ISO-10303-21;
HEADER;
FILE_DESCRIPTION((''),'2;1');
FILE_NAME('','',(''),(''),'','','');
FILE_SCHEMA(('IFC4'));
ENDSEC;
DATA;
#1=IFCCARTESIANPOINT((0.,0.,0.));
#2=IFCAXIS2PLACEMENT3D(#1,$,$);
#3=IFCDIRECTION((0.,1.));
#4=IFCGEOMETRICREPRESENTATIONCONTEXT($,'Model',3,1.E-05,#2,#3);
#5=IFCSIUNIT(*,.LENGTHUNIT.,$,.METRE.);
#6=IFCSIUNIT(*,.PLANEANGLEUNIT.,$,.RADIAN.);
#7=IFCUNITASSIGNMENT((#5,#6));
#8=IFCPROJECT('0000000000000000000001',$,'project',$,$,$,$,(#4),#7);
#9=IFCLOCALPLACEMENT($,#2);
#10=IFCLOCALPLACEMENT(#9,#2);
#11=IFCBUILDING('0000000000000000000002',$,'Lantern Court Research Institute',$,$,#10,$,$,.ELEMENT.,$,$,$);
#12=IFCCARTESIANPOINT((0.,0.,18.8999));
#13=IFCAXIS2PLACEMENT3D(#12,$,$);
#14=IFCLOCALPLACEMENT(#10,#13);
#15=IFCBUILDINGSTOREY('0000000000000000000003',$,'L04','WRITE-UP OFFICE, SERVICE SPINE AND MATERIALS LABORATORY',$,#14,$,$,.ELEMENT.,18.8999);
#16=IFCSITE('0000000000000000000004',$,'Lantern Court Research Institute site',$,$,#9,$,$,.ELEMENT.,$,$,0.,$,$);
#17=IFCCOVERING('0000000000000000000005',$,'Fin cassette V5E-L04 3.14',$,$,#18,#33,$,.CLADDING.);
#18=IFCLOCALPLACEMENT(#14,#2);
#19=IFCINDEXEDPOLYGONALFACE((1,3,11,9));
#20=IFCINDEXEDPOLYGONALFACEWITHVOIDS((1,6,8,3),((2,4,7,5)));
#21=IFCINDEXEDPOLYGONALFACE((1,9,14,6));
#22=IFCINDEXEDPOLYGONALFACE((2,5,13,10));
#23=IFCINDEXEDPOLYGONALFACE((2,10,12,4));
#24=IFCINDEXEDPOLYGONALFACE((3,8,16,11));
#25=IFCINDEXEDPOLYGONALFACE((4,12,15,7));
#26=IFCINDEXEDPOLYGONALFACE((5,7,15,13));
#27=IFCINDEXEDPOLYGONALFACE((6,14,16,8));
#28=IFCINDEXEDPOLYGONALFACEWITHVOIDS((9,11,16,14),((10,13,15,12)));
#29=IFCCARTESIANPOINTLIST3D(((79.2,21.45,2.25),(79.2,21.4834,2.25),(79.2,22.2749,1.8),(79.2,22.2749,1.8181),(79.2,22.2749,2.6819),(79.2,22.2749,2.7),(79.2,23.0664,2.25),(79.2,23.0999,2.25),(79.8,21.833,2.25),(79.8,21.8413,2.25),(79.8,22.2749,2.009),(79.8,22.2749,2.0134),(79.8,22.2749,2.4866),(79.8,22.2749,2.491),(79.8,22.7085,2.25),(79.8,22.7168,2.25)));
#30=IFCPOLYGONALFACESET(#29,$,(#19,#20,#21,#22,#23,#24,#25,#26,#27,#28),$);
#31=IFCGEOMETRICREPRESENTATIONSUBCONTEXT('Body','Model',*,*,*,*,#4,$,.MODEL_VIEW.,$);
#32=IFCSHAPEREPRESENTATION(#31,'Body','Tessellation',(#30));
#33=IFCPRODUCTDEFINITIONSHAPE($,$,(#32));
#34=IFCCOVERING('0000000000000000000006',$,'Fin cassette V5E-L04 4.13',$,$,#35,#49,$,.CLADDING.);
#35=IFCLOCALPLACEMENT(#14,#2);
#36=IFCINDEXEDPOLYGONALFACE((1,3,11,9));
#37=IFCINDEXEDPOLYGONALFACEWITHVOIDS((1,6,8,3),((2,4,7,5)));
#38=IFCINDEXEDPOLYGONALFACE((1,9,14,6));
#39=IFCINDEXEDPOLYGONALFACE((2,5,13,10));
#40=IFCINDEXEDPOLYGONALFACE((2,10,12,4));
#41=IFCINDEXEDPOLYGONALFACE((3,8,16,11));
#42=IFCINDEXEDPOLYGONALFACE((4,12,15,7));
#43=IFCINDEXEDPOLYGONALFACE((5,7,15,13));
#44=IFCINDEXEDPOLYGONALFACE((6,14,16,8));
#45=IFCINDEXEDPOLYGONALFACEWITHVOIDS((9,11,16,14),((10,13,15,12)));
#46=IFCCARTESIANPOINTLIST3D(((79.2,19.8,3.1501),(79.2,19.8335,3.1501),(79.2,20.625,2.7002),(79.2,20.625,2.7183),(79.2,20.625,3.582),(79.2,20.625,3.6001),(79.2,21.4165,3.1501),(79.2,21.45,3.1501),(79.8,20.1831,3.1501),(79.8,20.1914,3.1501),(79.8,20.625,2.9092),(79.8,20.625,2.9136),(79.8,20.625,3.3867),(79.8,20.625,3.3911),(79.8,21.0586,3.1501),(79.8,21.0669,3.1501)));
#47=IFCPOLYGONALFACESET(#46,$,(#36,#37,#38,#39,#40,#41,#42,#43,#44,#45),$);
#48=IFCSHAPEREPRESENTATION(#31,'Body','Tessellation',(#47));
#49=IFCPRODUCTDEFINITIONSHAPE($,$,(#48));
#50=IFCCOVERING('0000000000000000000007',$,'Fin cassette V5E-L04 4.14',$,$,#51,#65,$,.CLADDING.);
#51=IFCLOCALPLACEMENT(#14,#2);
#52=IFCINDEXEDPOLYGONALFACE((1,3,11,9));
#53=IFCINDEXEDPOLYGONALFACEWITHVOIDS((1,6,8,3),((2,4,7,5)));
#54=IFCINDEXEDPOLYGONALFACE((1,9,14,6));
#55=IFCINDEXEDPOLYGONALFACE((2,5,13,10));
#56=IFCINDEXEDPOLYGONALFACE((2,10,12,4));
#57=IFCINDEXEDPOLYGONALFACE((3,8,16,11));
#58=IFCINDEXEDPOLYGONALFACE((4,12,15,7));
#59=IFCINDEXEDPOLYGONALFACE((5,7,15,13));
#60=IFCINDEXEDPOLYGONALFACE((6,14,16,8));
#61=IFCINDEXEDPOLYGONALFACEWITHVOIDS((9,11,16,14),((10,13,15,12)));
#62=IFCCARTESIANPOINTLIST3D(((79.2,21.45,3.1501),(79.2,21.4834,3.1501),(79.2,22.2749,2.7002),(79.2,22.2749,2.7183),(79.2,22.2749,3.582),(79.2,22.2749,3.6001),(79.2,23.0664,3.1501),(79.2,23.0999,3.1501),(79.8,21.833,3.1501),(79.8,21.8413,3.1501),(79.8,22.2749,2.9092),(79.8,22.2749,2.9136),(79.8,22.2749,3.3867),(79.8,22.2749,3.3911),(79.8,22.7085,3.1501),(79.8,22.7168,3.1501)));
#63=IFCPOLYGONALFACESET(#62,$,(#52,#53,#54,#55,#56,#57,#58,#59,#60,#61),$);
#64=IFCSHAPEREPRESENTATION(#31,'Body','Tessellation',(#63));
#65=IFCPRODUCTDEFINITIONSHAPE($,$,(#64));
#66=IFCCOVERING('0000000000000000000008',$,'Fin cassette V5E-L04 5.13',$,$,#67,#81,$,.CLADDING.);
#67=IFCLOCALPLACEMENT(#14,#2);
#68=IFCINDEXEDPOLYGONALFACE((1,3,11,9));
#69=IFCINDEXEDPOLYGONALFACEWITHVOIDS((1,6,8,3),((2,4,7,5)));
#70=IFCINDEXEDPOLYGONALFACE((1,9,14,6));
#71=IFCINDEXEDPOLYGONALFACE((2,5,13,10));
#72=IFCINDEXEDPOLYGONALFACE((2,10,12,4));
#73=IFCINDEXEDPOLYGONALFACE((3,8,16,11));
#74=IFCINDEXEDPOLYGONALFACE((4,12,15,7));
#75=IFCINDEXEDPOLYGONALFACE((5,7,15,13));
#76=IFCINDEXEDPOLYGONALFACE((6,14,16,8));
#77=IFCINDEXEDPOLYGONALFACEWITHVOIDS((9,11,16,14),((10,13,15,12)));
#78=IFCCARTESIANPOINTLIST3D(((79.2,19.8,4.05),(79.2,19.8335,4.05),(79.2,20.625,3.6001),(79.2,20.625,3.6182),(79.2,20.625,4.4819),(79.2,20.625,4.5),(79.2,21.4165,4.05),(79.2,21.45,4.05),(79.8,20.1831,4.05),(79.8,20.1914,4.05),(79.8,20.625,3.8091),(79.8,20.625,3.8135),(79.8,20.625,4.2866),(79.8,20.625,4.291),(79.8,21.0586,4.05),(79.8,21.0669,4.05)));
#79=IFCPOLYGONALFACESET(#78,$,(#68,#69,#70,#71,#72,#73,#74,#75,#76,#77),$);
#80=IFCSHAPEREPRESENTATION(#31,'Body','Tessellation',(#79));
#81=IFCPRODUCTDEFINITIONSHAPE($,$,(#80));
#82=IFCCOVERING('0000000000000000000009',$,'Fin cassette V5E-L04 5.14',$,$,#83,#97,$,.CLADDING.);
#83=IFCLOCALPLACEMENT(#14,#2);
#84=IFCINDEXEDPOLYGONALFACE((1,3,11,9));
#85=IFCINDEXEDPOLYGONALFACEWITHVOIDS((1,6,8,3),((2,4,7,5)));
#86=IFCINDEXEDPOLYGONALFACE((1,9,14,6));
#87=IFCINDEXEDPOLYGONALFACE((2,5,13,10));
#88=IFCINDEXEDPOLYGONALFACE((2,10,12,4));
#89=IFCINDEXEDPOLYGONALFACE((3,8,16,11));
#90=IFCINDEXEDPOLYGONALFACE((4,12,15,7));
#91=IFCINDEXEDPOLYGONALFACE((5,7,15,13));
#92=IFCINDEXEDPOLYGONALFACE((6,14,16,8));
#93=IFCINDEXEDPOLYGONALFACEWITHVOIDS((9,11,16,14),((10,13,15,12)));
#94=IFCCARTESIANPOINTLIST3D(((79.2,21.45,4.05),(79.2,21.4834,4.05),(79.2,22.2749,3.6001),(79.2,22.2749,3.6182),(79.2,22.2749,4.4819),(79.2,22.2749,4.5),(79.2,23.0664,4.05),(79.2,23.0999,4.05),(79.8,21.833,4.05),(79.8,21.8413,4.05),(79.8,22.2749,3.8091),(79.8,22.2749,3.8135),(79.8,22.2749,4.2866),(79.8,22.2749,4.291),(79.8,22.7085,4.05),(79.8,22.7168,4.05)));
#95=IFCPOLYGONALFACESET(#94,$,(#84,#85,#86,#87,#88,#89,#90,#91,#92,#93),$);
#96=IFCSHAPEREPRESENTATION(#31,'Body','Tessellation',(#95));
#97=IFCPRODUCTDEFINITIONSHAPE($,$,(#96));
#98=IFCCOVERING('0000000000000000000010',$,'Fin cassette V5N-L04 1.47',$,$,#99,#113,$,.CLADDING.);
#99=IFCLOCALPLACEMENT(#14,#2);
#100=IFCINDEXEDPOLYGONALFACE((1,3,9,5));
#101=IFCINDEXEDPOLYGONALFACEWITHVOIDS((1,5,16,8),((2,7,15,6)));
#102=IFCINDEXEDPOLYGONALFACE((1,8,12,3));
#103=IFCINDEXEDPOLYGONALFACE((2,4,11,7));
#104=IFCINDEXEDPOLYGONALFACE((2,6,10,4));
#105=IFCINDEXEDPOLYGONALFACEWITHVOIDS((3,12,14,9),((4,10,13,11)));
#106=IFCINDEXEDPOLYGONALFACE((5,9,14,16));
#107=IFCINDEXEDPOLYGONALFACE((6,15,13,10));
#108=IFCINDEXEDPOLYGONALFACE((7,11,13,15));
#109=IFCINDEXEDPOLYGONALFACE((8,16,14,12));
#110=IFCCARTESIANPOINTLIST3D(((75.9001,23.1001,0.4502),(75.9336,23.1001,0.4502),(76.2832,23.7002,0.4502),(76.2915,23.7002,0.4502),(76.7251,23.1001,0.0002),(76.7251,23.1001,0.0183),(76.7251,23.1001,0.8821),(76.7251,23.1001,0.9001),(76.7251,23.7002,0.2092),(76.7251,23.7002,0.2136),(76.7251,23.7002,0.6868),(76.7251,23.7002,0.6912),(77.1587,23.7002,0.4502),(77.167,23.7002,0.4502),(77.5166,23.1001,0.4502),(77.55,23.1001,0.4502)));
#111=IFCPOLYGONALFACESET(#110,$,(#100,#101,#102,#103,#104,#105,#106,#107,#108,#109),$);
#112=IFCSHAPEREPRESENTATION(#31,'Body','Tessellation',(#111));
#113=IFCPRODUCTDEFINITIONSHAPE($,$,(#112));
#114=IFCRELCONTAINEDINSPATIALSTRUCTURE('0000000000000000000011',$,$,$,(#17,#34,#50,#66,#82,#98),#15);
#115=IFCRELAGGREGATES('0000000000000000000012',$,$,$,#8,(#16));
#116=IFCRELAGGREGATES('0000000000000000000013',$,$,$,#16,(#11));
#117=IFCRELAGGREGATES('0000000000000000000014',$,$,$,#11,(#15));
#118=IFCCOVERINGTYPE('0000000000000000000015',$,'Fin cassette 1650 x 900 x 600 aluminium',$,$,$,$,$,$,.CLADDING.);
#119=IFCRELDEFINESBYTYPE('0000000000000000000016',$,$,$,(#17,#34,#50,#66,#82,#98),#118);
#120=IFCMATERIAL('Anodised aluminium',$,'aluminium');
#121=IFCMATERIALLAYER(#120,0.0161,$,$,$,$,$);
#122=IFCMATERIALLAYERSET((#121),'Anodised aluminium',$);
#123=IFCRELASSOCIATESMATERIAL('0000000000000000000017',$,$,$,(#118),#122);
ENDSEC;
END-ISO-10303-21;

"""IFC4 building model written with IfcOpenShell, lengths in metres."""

from ifc_helpers import new_model, entity, si_unit, direction, frame, origin, place, context, subcontext, project, spatial, material, layer, layer_set, type_object, element, save


model = new_model("IFC4")

# Units and contexts
model_context = context("Model", 3, precision=1e-05, world=origin(), true_north=direction((0.0, 1.0)))
body_context = subcontext(model_context, "Body", "Model", "MODEL_VIEW")
ifc_project = project(units=[si_unit("LENGTHUNIT", "METRE"), si_unit("PLANEANGLEUNIT", "RADIAN")], contexts=[model_context])

# Site, building, storey
site_placement = place(None, origin())
site = spatial("IfcSite", under=ifc_project, at=site_placement, Name="Lantern Court Research Institute site", CompositionType="ELEMENT", RefElevation=0.0)
building_placement = place(site_placement, origin())
building = spatial("IfcBuilding", under=site, at=building_placement, Name="Lantern Court Research Institute", CompositionType="ELEMENT")
storey_placement = place(building_placement, frame((0.0, 0.0, 18.8999)))
storey = spatial("IfcBuildingStorey", under=building, at=storey_placement, Name="L04", Description="WRITE-UP OFFICE, SERVICE SPINE AND MATERIALS LABORATORY", CompositionType="ELEMENT", Elevation=18.8999)

# Coverings
ifc_material_1 = material(Name="Anodised aluminium", Category="aluminium")
ifc_layer_1 = layer(ifc_material_1, 0.0161)
ifc_layer_set_1 = layer_set([ifc_layer_1], Name="Anodised aluminium")
covering_type_1 = type_object("IfcCoveringType", Name="Fin cassette 1650 x 900 x 600 aluminium", PredefinedType="CLADDING", material=ifc_layer_set_1)
covering_1_placement = place(storey_placement, frame((79.2, 22.2749, 2.25), z_axis=(1.0, 0.0, 0.0), x_axis=(0.0, 1.0, 0.0)))
cartesian_point_1 = entity("IfcCartesianPoint", [0.825, 0.0])
cartesian_point_2 = entity("IfcCartesianPoint", [0.7915, 0.0])
cartesian_point_3 = entity("IfcCartesianPoint", [0.4419, 0.0])
cartesian_point_4 = entity("IfcCartesianPoint", [0.4336, 0.0])
element("IfcCovering", 1, at=covering_1_placement, inside=storey, type_object=covering_type_1, Name="Fin cassette V5E-L04 3.14", PredefinedType="CLADDING", context=body_context, shape_type="SweptSolid", body=[
    entity("IfcExtrudedAreaSolidTapered", entity("IfcArbitraryProfileDefWithVoids", "AREA", None, entity("IfcPolyline", [cartesian_point_1, entity("IfcCartesianPoint", [0.0, 0.45]), entity("IfcCartesianPoint", [-0.825, 0.0]), entity("IfcCartesianPoint", [0.0, -0.45]), cartesian_point_1]), [entity("IfcPolyline", [cartesian_point_2, entity("IfcCartesianPoint", [0.0, 0.4319]), entity("IfcCartesianPoint", [-0.7915, 0.0]), entity("IfcCartesianPoint", [0.0, -0.4319]), cartesian_point_2])]), entity("IfcAxis2Placement3D", entity("IfcCartesianPoint", [0.0, 0.0, 0.0])), entity("IfcDirection", [0.0, 0.0, 1.0]), 0.6001, entity("IfcArbitraryProfileDefWithVoids", "AREA", None, entity("IfcPolyline", [cartesian_point_3, entity("IfcCartesianPoint", [0.0, 0.241]), entity("IfcCartesianPoint", [-0.4419, 0.0]), entity("IfcCartesianPoint", [0.0, -0.241]), cartesian_point_3]), [entity("IfcPolyline", [cartesian_point_4, entity("IfcCartesianPoint", [0.0, 0.2366]), entity("IfcCartesianPoint", [-0.4336, 0.0]), entity("IfcCartesianPoint", [0.0, -0.2366]), cartesian_point_4])])),
])
covering_2_placement = place(storey_placement, frame((79.2, 20.625, 3.1501), z_axis=(1.0, 0.0, 0.0), x_axis=(0.0, 1.0, 0.0)))
cartesian_point_5 = entity("IfcCartesianPoint", [0.825, 0.0])
cartesian_point_6 = entity("IfcCartesianPoint", [0.7915, 0.0])
cartesian_point_7 = entity("IfcCartesianPoint", [0.4419, 0.0])
cartesian_point_8 = entity("IfcCartesianPoint", [0.4336, 0.0])
element("IfcCovering", 2, at=covering_2_placement, inside=storey, type_object=covering_type_1, Name="Fin cassette V5E-L04 4.13", PredefinedType="CLADDING", context=body_context, shape_type="SweptSolid", body=[
    entity("IfcExtrudedAreaSolidTapered", entity("IfcArbitraryProfileDefWithVoids", "AREA", None, entity("IfcPolyline", [cartesian_point_5, entity("IfcCartesianPoint", [0.0, 0.45]), entity("IfcCartesianPoint", [-0.825, 0.0]), entity("IfcCartesianPoint", [0.0, -0.45]), cartesian_point_5]), [entity("IfcPolyline", [cartesian_point_6, entity("IfcCartesianPoint", [0.0, 0.4319]), entity("IfcCartesianPoint", [-0.7915, 0.0]), entity("IfcCartesianPoint", [0.0, -0.4319]), cartesian_point_6])]), entity("IfcAxis2Placement3D", entity("IfcCartesianPoint", [0.0, 0.0, 0.0])), entity("IfcDirection", [0.0, 0.0, 1.0]), 0.6001, entity("IfcArbitraryProfileDefWithVoids", "AREA", None, entity("IfcPolyline", [cartesian_point_7, entity("IfcCartesianPoint", [0.0, 0.241]), entity("IfcCartesianPoint", [-0.4419, 0.0]), entity("IfcCartesianPoint", [0.0, -0.241]), cartesian_point_7]), [entity("IfcPolyline", [cartesian_point_8, entity("IfcCartesianPoint", [0.0, 0.2366]), entity("IfcCartesianPoint", [-0.4336, 0.0]), entity("IfcCartesianPoint", [0.0, -0.2366]), cartesian_point_8])])),
])
covering_3_placement = place(storey_placement, frame((79.2, 22.2749, 3.1501), z_axis=(1.0, 0.0, 0.0), x_axis=(0.0, 1.0, 0.0)))
cartesian_point_9 = entity("IfcCartesianPoint", [0.825, 0.0])
cartesian_point_10 = entity("IfcCartesianPoint", [0.7915, 0.0])
cartesian_point_11 = entity("IfcCartesianPoint", [0.4419, 0.0])
cartesian_point_12 = entity("IfcCartesianPoint", [0.4336, 0.0])
element("IfcCovering", 3, at=covering_3_placement, inside=storey, type_object=covering_type_1, Name="Fin cassette V5E-L04 4.14", PredefinedType="CLADDING", context=body_context, shape_type="SweptSolid", body=[
    entity("IfcExtrudedAreaSolidTapered", entity("IfcArbitraryProfileDefWithVoids", "AREA", None, entity("IfcPolyline", [cartesian_point_9, entity("IfcCartesianPoint", [0.0, 0.45]), entity("IfcCartesianPoint", [-0.825, 0.0]), entity("IfcCartesianPoint", [0.0, -0.45]), cartesian_point_9]), [entity("IfcPolyline", [cartesian_point_10, entity("IfcCartesianPoint", [0.0, 0.4319]), entity("IfcCartesianPoint", [-0.7915, 0.0]), entity("IfcCartesianPoint", [0.0, -0.4319]), cartesian_point_10])]), entity("IfcAxis2Placement3D", entity("IfcCartesianPoint", [0.0, 0.0, 0.0])), entity("IfcDirection", [0.0, 0.0, 1.0]), 0.6001, entity("IfcArbitraryProfileDefWithVoids", "AREA", None, entity("IfcPolyline", [cartesian_point_11, entity("IfcCartesianPoint", [0.0, 0.241]), entity("IfcCartesianPoint", [-0.4419, 0.0]), entity("IfcCartesianPoint", [0.0, -0.241]), cartesian_point_11]), [entity("IfcPolyline", [cartesian_point_12, entity("IfcCartesianPoint", [0.0, 0.2366]), entity("IfcCartesianPoint", [-0.4336, 0.0]), entity("IfcCartesianPoint", [0.0, -0.2366]), cartesian_point_12])])),
])
covering_4_placement = place(storey_placement, frame((79.2, 20.625, 4.05), z_axis=(1.0, 0.0, 0.0), x_axis=(0.0, 1.0, 0.0)))
cartesian_point_13 = entity("IfcCartesianPoint", [0.825, 0.0])
cartesian_point_14 = entity("IfcCartesianPoint", [0.7915, 0.0])
cartesian_point_15 = entity("IfcCartesianPoint", [0.4419, 0.0])
cartesian_point_16 = entity("IfcCartesianPoint", [0.4336, 0.0])
element("IfcCovering", 4, at=covering_4_placement, inside=storey, type_object=covering_type_1, Name="Fin cassette V5E-L04 5.13", PredefinedType="CLADDING", context=body_context, shape_type="SweptSolid", body=[
    entity("IfcExtrudedAreaSolidTapered", entity("IfcArbitraryProfileDefWithVoids", "AREA", None, entity("IfcPolyline", [cartesian_point_13, entity("IfcCartesianPoint", [0.0, 0.45]), entity("IfcCartesianPoint", [-0.825, 0.0]), entity("IfcCartesianPoint", [0.0, -0.45]), cartesian_point_13]), [entity("IfcPolyline", [cartesian_point_14, entity("IfcCartesianPoint", [0.0, 0.4319]), entity("IfcCartesianPoint", [-0.7915, 0.0]), entity("IfcCartesianPoint", [0.0, -0.4319]), cartesian_point_14])]), entity("IfcAxis2Placement3D", entity("IfcCartesianPoint", [0.0, 0.0, 0.0])), entity("IfcDirection", [0.0, 0.0, 1.0]), 0.6001, entity("IfcArbitraryProfileDefWithVoids", "AREA", None, entity("IfcPolyline", [cartesian_point_15, entity("IfcCartesianPoint", [0.0, 0.241]), entity("IfcCartesianPoint", [-0.4419, 0.0]), entity("IfcCartesianPoint", [0.0, -0.241]), cartesian_point_15]), [entity("IfcPolyline", [cartesian_point_16, entity("IfcCartesianPoint", [0.0, 0.2366]), entity("IfcCartesianPoint", [-0.4336, 0.0]), entity("IfcCartesianPoint", [0.0, -0.2366]), cartesian_point_16])])),
])
covering_5_placement = place(storey_placement, frame((79.2, 22.2749, 4.05), z_axis=(1.0, 0.0, 0.0), x_axis=(0.0, 1.0, 0.0)))
cartesian_point_17 = entity("IfcCartesianPoint", [0.825, 0.0])
cartesian_point_18 = entity("IfcCartesianPoint", [0.7915, 0.0])
cartesian_point_19 = entity("IfcCartesianPoint", [0.4419, 0.0])
cartesian_point_20 = entity("IfcCartesianPoint", [0.4336, 0.0])
element("IfcCovering", 5, at=covering_5_placement, inside=storey, type_object=covering_type_1, Name="Fin cassette V5E-L04 5.14", PredefinedType="CLADDING", context=body_context, shape_type="SweptSolid", body=[
    entity("IfcExtrudedAreaSolidTapered", entity("IfcArbitraryProfileDefWithVoids", "AREA", None, entity("IfcPolyline", [cartesian_point_17, entity("IfcCartesianPoint", [0.0, 0.45]), entity("IfcCartesianPoint", [-0.825, 0.0]), entity("IfcCartesianPoint", [0.0, -0.45]), cartesian_point_17]), [entity("IfcPolyline", [cartesian_point_18, entity("IfcCartesianPoint", [0.0, 0.4319]), entity("IfcCartesianPoint", [-0.7915, 0.0]), entity("IfcCartesianPoint", [0.0, -0.4319]), cartesian_point_18])]), entity("IfcAxis2Placement3D", entity("IfcCartesianPoint", [0.0, 0.0, 0.0])), entity("IfcDirection", [0.0, 0.0, 1.0]), 0.6001, entity("IfcArbitraryProfileDefWithVoids", "AREA", None, entity("IfcPolyline", [cartesian_point_19, entity("IfcCartesianPoint", [0.0, 0.241]), entity("IfcCartesianPoint", [-0.4419, 0.0]), entity("IfcCartesianPoint", [0.0, -0.241]), cartesian_point_19]), [entity("IfcPolyline", [cartesian_point_20, entity("IfcCartesianPoint", [0.0, 0.2366]), entity("IfcCartesianPoint", [-0.4336, 0.0]), entity("IfcCartesianPoint", [0.0, -0.2366]), cartesian_point_20])])),
])
covering_6_placement = place(storey_placement, frame((76.7251, 23.1001, 0.4502), z_axis=(0.0, 1.0, 0.0), x_axis=(-1.0, 0.0, 0.0)))
cartesian_point_21 = entity("IfcCartesianPoint", [0.825, 0.0])
cartesian_point_22 = entity("IfcCartesianPoint", [0.7915, 0.0])
cartesian_point_23 = entity("IfcCartesianPoint", [0.4419, 0.0])
cartesian_point_24 = entity("IfcCartesianPoint", [0.4336, 0.0])
element("IfcCovering", 6, at=covering_6_placement, inside=storey, type_object=covering_type_1, Name="Fin cassette V5N-L04 1.47", PredefinedType="CLADDING", context=body_context, shape_type="SweptSolid", body=[
    entity("IfcExtrudedAreaSolidTapered", entity("IfcArbitraryProfileDefWithVoids", "AREA", None, entity("IfcPolyline", [cartesian_point_21, entity("IfcCartesianPoint", [0.0, 0.45]), entity("IfcCartesianPoint", [-0.825, 0.0]), entity("IfcCartesianPoint", [0.0, -0.45]), cartesian_point_21]), [entity("IfcPolyline", [cartesian_point_22, entity("IfcCartesianPoint", [0.0, 0.4319]), entity("IfcCartesianPoint", [-0.7915, 0.0]), entity("IfcCartesianPoint", [0.0, -0.4319]), cartesian_point_22])]), entity("IfcAxis2Placement3D", entity("IfcCartesianPoint", [0.0, 0.0, 0.0])), entity("IfcDirection", [0.0, 0.0, 1.0]), 0.6001, entity("IfcArbitraryProfileDefWithVoids", "AREA", None, entity("IfcPolyline", [cartesian_point_23, entity("IfcCartesianPoint", [0.0, 0.241]), entity("IfcCartesianPoint", [-0.4419, 0.0]), entity("IfcCartesianPoint", [0.0, -0.241]), cartesian_point_23]), [entity("IfcPolyline", [cartesian_point_24, entity("IfcCartesianPoint", [0.0, 0.2366]), entity("IfcCartesianPoint", [-0.4336, 0.0]), entity("IfcCartesianPoint", [0.0, -0.2366]), cartesian_point_24])])),
])

save(model, "model.ifc")
